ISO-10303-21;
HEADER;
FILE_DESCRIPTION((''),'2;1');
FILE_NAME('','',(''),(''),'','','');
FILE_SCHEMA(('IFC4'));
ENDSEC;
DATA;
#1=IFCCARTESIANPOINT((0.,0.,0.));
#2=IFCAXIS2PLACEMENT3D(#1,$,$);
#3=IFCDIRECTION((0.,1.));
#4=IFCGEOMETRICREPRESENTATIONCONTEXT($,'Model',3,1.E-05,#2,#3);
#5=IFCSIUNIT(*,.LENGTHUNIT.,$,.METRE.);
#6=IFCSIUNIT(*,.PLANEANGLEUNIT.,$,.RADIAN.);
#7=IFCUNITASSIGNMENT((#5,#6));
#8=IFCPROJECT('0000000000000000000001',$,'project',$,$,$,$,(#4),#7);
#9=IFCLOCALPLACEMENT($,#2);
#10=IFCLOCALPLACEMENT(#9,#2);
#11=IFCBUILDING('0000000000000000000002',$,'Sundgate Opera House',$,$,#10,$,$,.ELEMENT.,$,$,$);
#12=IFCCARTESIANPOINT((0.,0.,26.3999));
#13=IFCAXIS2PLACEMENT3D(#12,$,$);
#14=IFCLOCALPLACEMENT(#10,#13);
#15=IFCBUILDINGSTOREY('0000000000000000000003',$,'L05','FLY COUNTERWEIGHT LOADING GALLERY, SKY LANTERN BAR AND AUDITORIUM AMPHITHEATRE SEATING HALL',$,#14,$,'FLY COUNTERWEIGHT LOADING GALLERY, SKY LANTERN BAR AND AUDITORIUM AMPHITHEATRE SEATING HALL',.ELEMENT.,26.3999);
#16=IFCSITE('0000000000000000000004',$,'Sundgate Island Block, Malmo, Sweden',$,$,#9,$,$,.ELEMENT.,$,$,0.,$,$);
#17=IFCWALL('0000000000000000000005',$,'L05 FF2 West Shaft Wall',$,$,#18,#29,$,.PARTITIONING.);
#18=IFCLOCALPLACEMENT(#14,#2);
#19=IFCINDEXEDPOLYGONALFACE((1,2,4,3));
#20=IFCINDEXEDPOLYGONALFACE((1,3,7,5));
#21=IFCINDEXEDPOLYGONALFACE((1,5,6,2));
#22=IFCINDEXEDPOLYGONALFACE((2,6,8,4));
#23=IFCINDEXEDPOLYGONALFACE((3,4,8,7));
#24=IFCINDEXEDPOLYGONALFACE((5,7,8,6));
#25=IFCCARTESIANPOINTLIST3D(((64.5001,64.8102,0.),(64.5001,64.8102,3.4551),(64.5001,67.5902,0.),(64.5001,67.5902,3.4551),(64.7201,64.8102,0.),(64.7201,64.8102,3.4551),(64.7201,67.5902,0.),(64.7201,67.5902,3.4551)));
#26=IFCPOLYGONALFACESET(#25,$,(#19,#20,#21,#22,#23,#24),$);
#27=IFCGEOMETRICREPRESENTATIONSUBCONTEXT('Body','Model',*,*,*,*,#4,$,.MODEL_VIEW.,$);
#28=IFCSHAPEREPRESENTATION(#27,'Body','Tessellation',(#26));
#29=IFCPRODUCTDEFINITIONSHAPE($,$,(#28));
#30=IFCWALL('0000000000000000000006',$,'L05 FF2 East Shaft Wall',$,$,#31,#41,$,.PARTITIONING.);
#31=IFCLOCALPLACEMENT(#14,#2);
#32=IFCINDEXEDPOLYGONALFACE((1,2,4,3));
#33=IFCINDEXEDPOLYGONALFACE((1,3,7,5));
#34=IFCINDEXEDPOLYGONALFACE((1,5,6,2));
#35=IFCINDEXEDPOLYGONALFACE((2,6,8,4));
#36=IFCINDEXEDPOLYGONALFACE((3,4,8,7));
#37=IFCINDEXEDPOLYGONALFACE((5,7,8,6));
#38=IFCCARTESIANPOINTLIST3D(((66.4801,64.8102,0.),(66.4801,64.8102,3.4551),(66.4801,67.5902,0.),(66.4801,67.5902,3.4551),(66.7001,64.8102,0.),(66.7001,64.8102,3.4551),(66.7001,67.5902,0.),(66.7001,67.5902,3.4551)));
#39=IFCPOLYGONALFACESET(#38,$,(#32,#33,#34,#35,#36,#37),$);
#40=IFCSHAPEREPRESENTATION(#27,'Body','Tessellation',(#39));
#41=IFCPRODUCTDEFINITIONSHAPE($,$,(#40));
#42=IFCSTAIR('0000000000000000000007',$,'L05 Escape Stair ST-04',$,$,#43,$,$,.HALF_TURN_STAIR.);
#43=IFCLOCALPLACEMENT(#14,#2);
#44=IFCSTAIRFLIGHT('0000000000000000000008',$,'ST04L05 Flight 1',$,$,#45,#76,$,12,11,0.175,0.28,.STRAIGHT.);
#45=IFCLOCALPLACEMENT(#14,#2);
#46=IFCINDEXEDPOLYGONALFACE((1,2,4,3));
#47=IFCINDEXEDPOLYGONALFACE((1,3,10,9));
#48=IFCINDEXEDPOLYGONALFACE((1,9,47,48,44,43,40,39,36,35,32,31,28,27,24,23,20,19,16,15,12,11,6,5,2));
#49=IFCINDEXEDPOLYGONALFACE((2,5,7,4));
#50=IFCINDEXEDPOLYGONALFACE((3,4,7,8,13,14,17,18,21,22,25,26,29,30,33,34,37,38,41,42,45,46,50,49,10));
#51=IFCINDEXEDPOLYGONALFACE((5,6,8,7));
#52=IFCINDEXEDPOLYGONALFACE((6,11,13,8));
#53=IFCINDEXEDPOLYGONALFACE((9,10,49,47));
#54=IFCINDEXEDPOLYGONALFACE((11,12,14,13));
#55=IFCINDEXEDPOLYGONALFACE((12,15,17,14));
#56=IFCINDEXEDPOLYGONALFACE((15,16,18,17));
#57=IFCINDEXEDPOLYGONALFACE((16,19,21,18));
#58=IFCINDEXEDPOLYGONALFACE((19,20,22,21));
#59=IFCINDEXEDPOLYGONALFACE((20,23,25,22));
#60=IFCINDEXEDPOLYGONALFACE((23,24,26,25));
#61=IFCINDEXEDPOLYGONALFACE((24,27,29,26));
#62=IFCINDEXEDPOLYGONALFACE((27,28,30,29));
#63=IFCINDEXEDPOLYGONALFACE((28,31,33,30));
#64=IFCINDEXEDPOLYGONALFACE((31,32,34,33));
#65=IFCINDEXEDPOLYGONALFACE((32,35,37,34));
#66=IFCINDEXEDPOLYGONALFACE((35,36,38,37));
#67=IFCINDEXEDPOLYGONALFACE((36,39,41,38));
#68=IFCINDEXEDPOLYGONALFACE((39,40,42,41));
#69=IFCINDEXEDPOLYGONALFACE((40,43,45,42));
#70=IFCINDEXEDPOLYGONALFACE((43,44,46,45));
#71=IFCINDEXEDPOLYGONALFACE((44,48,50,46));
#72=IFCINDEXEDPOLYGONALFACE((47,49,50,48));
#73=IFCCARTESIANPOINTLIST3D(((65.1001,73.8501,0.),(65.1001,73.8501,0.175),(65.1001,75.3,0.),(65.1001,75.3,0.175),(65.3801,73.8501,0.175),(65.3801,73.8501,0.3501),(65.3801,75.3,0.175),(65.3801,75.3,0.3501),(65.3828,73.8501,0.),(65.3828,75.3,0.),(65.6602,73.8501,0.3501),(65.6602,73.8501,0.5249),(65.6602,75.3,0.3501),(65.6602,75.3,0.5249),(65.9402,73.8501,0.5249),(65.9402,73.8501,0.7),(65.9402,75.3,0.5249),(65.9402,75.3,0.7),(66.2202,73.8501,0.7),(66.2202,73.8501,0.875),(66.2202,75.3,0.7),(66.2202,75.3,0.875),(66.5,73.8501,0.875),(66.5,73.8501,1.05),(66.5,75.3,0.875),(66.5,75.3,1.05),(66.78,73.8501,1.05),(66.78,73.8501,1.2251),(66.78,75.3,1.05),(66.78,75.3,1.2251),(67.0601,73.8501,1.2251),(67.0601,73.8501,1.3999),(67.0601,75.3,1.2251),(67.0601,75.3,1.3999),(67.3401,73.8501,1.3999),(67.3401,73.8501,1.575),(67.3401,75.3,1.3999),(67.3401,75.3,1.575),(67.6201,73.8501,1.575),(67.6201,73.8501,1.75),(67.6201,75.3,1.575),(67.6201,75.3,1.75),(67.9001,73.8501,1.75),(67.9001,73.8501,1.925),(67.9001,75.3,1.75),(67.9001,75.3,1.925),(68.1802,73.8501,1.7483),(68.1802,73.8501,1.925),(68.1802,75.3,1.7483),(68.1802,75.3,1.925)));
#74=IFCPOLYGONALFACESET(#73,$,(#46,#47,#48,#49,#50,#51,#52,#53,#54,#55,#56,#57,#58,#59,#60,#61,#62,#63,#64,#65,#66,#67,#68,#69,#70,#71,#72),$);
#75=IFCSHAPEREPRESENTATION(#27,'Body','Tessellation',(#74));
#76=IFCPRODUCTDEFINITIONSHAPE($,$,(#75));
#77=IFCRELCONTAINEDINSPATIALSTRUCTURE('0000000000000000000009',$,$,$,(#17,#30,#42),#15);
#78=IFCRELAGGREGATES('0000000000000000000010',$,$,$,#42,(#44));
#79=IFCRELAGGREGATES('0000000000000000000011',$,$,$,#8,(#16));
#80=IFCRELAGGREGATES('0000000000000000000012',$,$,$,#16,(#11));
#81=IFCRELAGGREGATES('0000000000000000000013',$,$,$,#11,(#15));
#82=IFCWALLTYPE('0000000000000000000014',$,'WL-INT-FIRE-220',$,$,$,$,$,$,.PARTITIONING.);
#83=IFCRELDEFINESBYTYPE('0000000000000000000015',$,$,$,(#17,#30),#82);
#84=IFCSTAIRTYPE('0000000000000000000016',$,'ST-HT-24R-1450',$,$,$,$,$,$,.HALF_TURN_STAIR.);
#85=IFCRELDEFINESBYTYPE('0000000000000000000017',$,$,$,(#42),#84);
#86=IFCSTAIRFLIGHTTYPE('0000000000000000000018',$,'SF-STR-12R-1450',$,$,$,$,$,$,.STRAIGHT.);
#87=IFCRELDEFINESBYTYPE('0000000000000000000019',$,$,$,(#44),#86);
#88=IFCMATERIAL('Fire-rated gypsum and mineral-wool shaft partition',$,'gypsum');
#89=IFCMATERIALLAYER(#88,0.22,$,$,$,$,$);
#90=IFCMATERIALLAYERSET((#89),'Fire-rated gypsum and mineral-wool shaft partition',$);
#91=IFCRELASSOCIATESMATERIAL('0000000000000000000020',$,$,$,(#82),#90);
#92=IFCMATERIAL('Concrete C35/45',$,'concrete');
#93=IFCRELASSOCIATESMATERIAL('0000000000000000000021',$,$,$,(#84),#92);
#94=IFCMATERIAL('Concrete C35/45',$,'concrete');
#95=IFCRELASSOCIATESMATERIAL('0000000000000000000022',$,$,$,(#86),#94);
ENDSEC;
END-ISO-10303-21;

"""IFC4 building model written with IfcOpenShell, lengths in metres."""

from ifc_helpers import new_model, si_unit, direction, frame, frame_2d, origin, place, context, subcontext, project, spatial, polyline, rectangle, outline, extrude, material, layer, layer_set, type_object, element, aggregate, save


model = new_model("IFC4")

# Units and contexts
model_context = context("Model", 3, precision=1e-05, world=origin(), true_north=direction((0.0, 1.0)))
body_context = subcontext(model_context, "Body", "Model", "MODEL_VIEW")
ifc_project = project(units=[si_unit("LENGTHUNIT", "METRE"), si_unit("PLANEANGLEUNIT", "RADIAN")], contexts=[model_context])

# Site, building, storey
site_placement = place(None, origin())
site = spatial("IfcSite", under=ifc_project, at=site_placement, Name="Sundgate Island Block, Malmo, Sweden", CompositionType="ELEMENT", RefElevation=0.0)
building_placement = place(site_placement, origin())
building = spatial("IfcBuilding", under=site, at=building_placement, Name="Sundgate Opera House", CompositionType="ELEMENT")
storey_placement = place(building_placement, frame((0.0, 0.0, 26.3999)))
storey = spatial("IfcBuildingStorey", under=building, at=storey_placement, Name="L05", Description="FLY COUNTERWEIGHT LOADING GALLERY, SKY LANTERN BAR AND AUDITORIUM AMPHITHEATRE SEATING HALL", LongName="FLY COUNTERWEIGHT LOADING GALLERY, SKY LANTERN BAR AND AUDITORIUM AMPHITHEATRE SEATING HALL", CompositionType="ELEMENT", Elevation=26.3999)

# Shared definitions
ifc_material_1 = material(Name="Fire-rated gypsum and mineral-wool shaft partition", Category="gypsum")
ifc_layer_1 = layer(ifc_material_1, 0.22)
ifc_layer_set_1 = layer_set([ifc_layer_1], Name="Fire-rated gypsum and mineral-wool shaft partition")
wall_type_1 = type_object("IfcWallType", Name="WL-INT-FIRE-220", PredefinedType="PARTITIONING", material=ifc_layer_set_1)

# Walls
for number, where, z_axis, x_axis, name in (
    (1, (64.6101, 64.8101, 0.0), (0.0, 0.0, 1.0), (0.0, 1.0, 0.0), "L05 FF2 West Shaft Wall"),
    (2, (66.5901, 64.8101, 0.0), (0.0, 0.0, 1.0), (0.0, 1.0, 0.0), "L05 FF2 East Shaft Wall"),
):
    element("IfcWall", number, at=place(storey_placement, frame(where, z_axis=z_axis, x_axis=x_axis)), inside=storey, type_object=wall_type_1, Name=name, PredefinedType="PARTITIONING", context=body_context, shape_type="SweptSolid", body=[
        extrude(rectangle(XDim=2.78, YDim=0.22, at=frame_2d((1.3901, 0.0))), origin(), (0.0, 0.0, 1.0), 3.4551),
    ])

# Stair, stair flight
ifc_material_2 = material(Name="Concrete C35/45", Category="concrete")
stair_type = type_object("IfcStairType", Name="ST-HT-24R-1450", PredefinedType="HALF_TURN_STAIR", material=ifc_material_2)
stair_placement = place(storey_placement, origin())
stair = element("IfcStair", 3, at=stair_placement, inside=storey, type_object=stair_type, Name="L05 Escape Stair ST-04", PredefinedType="HALF_TURN_STAIR")
ifc_material_3 = material(Name="Concrete C35/45", Category="concrete")
stair_flight_type = type_object("IfcStairFlightType", Name="SF-STR-12R-1450", PredefinedType="STRAIGHT", material=ifc_material_3)
stair_flight_placement = place(storey_placement, frame((65.1001, 74.575, 0.0), z_axis=(0.0, 0.0, 1.0), x_axis=(1.0, 0.0, 0.0)))
stair_flight = element("IfcStairFlight", 4, at=stair_flight_placement, type_object=stair_flight_type, Name="ST04L05 Flight 1", NumberOfRisers=12, NumberOfTreads=11, PredefinedType="STRAIGHT", RiserHeight=0.175, TreadLength=0.28, context=body_context, shape_type="SweptSolid", body=[
    extrude(outline(polyline([(0.0, 0.0), (0.0, 0.175), (0.28, 0.175), (0.28, 0.3501), (0.5601, 0.3501), (0.5601, 0.5249), (0.8401, 0.5249), (0.8401, 0.7), (1.1201, 0.7), (1.1201, 0.875), (1.3999, 0.875), (1.3999, 1.05), (1.6799, 1.05), (1.6799, 1.2251), (1.96, 1.2251), (1.96, 1.3999), (2.24, 1.3999), (2.24, 1.575), (2.52, 1.575), (2.52, 1.75), (2.8, 1.75), (2.8, 1.925), (3.0801, 1.925), (3.0801, 2.1001), (3.0801, 1.7483), (0.2827, 0.0), (0.0, 0.0)])), frame((0.0, 0.7251, 0.0), z_axis=(0.0, -1.0, 0.0), x_axis=(1.0, 0.0, 0.0)), (0.0, 0.0, 1.0), 1.45),
])
aggregate(stair, [stair_flight])

save(model, "model.ifc")
